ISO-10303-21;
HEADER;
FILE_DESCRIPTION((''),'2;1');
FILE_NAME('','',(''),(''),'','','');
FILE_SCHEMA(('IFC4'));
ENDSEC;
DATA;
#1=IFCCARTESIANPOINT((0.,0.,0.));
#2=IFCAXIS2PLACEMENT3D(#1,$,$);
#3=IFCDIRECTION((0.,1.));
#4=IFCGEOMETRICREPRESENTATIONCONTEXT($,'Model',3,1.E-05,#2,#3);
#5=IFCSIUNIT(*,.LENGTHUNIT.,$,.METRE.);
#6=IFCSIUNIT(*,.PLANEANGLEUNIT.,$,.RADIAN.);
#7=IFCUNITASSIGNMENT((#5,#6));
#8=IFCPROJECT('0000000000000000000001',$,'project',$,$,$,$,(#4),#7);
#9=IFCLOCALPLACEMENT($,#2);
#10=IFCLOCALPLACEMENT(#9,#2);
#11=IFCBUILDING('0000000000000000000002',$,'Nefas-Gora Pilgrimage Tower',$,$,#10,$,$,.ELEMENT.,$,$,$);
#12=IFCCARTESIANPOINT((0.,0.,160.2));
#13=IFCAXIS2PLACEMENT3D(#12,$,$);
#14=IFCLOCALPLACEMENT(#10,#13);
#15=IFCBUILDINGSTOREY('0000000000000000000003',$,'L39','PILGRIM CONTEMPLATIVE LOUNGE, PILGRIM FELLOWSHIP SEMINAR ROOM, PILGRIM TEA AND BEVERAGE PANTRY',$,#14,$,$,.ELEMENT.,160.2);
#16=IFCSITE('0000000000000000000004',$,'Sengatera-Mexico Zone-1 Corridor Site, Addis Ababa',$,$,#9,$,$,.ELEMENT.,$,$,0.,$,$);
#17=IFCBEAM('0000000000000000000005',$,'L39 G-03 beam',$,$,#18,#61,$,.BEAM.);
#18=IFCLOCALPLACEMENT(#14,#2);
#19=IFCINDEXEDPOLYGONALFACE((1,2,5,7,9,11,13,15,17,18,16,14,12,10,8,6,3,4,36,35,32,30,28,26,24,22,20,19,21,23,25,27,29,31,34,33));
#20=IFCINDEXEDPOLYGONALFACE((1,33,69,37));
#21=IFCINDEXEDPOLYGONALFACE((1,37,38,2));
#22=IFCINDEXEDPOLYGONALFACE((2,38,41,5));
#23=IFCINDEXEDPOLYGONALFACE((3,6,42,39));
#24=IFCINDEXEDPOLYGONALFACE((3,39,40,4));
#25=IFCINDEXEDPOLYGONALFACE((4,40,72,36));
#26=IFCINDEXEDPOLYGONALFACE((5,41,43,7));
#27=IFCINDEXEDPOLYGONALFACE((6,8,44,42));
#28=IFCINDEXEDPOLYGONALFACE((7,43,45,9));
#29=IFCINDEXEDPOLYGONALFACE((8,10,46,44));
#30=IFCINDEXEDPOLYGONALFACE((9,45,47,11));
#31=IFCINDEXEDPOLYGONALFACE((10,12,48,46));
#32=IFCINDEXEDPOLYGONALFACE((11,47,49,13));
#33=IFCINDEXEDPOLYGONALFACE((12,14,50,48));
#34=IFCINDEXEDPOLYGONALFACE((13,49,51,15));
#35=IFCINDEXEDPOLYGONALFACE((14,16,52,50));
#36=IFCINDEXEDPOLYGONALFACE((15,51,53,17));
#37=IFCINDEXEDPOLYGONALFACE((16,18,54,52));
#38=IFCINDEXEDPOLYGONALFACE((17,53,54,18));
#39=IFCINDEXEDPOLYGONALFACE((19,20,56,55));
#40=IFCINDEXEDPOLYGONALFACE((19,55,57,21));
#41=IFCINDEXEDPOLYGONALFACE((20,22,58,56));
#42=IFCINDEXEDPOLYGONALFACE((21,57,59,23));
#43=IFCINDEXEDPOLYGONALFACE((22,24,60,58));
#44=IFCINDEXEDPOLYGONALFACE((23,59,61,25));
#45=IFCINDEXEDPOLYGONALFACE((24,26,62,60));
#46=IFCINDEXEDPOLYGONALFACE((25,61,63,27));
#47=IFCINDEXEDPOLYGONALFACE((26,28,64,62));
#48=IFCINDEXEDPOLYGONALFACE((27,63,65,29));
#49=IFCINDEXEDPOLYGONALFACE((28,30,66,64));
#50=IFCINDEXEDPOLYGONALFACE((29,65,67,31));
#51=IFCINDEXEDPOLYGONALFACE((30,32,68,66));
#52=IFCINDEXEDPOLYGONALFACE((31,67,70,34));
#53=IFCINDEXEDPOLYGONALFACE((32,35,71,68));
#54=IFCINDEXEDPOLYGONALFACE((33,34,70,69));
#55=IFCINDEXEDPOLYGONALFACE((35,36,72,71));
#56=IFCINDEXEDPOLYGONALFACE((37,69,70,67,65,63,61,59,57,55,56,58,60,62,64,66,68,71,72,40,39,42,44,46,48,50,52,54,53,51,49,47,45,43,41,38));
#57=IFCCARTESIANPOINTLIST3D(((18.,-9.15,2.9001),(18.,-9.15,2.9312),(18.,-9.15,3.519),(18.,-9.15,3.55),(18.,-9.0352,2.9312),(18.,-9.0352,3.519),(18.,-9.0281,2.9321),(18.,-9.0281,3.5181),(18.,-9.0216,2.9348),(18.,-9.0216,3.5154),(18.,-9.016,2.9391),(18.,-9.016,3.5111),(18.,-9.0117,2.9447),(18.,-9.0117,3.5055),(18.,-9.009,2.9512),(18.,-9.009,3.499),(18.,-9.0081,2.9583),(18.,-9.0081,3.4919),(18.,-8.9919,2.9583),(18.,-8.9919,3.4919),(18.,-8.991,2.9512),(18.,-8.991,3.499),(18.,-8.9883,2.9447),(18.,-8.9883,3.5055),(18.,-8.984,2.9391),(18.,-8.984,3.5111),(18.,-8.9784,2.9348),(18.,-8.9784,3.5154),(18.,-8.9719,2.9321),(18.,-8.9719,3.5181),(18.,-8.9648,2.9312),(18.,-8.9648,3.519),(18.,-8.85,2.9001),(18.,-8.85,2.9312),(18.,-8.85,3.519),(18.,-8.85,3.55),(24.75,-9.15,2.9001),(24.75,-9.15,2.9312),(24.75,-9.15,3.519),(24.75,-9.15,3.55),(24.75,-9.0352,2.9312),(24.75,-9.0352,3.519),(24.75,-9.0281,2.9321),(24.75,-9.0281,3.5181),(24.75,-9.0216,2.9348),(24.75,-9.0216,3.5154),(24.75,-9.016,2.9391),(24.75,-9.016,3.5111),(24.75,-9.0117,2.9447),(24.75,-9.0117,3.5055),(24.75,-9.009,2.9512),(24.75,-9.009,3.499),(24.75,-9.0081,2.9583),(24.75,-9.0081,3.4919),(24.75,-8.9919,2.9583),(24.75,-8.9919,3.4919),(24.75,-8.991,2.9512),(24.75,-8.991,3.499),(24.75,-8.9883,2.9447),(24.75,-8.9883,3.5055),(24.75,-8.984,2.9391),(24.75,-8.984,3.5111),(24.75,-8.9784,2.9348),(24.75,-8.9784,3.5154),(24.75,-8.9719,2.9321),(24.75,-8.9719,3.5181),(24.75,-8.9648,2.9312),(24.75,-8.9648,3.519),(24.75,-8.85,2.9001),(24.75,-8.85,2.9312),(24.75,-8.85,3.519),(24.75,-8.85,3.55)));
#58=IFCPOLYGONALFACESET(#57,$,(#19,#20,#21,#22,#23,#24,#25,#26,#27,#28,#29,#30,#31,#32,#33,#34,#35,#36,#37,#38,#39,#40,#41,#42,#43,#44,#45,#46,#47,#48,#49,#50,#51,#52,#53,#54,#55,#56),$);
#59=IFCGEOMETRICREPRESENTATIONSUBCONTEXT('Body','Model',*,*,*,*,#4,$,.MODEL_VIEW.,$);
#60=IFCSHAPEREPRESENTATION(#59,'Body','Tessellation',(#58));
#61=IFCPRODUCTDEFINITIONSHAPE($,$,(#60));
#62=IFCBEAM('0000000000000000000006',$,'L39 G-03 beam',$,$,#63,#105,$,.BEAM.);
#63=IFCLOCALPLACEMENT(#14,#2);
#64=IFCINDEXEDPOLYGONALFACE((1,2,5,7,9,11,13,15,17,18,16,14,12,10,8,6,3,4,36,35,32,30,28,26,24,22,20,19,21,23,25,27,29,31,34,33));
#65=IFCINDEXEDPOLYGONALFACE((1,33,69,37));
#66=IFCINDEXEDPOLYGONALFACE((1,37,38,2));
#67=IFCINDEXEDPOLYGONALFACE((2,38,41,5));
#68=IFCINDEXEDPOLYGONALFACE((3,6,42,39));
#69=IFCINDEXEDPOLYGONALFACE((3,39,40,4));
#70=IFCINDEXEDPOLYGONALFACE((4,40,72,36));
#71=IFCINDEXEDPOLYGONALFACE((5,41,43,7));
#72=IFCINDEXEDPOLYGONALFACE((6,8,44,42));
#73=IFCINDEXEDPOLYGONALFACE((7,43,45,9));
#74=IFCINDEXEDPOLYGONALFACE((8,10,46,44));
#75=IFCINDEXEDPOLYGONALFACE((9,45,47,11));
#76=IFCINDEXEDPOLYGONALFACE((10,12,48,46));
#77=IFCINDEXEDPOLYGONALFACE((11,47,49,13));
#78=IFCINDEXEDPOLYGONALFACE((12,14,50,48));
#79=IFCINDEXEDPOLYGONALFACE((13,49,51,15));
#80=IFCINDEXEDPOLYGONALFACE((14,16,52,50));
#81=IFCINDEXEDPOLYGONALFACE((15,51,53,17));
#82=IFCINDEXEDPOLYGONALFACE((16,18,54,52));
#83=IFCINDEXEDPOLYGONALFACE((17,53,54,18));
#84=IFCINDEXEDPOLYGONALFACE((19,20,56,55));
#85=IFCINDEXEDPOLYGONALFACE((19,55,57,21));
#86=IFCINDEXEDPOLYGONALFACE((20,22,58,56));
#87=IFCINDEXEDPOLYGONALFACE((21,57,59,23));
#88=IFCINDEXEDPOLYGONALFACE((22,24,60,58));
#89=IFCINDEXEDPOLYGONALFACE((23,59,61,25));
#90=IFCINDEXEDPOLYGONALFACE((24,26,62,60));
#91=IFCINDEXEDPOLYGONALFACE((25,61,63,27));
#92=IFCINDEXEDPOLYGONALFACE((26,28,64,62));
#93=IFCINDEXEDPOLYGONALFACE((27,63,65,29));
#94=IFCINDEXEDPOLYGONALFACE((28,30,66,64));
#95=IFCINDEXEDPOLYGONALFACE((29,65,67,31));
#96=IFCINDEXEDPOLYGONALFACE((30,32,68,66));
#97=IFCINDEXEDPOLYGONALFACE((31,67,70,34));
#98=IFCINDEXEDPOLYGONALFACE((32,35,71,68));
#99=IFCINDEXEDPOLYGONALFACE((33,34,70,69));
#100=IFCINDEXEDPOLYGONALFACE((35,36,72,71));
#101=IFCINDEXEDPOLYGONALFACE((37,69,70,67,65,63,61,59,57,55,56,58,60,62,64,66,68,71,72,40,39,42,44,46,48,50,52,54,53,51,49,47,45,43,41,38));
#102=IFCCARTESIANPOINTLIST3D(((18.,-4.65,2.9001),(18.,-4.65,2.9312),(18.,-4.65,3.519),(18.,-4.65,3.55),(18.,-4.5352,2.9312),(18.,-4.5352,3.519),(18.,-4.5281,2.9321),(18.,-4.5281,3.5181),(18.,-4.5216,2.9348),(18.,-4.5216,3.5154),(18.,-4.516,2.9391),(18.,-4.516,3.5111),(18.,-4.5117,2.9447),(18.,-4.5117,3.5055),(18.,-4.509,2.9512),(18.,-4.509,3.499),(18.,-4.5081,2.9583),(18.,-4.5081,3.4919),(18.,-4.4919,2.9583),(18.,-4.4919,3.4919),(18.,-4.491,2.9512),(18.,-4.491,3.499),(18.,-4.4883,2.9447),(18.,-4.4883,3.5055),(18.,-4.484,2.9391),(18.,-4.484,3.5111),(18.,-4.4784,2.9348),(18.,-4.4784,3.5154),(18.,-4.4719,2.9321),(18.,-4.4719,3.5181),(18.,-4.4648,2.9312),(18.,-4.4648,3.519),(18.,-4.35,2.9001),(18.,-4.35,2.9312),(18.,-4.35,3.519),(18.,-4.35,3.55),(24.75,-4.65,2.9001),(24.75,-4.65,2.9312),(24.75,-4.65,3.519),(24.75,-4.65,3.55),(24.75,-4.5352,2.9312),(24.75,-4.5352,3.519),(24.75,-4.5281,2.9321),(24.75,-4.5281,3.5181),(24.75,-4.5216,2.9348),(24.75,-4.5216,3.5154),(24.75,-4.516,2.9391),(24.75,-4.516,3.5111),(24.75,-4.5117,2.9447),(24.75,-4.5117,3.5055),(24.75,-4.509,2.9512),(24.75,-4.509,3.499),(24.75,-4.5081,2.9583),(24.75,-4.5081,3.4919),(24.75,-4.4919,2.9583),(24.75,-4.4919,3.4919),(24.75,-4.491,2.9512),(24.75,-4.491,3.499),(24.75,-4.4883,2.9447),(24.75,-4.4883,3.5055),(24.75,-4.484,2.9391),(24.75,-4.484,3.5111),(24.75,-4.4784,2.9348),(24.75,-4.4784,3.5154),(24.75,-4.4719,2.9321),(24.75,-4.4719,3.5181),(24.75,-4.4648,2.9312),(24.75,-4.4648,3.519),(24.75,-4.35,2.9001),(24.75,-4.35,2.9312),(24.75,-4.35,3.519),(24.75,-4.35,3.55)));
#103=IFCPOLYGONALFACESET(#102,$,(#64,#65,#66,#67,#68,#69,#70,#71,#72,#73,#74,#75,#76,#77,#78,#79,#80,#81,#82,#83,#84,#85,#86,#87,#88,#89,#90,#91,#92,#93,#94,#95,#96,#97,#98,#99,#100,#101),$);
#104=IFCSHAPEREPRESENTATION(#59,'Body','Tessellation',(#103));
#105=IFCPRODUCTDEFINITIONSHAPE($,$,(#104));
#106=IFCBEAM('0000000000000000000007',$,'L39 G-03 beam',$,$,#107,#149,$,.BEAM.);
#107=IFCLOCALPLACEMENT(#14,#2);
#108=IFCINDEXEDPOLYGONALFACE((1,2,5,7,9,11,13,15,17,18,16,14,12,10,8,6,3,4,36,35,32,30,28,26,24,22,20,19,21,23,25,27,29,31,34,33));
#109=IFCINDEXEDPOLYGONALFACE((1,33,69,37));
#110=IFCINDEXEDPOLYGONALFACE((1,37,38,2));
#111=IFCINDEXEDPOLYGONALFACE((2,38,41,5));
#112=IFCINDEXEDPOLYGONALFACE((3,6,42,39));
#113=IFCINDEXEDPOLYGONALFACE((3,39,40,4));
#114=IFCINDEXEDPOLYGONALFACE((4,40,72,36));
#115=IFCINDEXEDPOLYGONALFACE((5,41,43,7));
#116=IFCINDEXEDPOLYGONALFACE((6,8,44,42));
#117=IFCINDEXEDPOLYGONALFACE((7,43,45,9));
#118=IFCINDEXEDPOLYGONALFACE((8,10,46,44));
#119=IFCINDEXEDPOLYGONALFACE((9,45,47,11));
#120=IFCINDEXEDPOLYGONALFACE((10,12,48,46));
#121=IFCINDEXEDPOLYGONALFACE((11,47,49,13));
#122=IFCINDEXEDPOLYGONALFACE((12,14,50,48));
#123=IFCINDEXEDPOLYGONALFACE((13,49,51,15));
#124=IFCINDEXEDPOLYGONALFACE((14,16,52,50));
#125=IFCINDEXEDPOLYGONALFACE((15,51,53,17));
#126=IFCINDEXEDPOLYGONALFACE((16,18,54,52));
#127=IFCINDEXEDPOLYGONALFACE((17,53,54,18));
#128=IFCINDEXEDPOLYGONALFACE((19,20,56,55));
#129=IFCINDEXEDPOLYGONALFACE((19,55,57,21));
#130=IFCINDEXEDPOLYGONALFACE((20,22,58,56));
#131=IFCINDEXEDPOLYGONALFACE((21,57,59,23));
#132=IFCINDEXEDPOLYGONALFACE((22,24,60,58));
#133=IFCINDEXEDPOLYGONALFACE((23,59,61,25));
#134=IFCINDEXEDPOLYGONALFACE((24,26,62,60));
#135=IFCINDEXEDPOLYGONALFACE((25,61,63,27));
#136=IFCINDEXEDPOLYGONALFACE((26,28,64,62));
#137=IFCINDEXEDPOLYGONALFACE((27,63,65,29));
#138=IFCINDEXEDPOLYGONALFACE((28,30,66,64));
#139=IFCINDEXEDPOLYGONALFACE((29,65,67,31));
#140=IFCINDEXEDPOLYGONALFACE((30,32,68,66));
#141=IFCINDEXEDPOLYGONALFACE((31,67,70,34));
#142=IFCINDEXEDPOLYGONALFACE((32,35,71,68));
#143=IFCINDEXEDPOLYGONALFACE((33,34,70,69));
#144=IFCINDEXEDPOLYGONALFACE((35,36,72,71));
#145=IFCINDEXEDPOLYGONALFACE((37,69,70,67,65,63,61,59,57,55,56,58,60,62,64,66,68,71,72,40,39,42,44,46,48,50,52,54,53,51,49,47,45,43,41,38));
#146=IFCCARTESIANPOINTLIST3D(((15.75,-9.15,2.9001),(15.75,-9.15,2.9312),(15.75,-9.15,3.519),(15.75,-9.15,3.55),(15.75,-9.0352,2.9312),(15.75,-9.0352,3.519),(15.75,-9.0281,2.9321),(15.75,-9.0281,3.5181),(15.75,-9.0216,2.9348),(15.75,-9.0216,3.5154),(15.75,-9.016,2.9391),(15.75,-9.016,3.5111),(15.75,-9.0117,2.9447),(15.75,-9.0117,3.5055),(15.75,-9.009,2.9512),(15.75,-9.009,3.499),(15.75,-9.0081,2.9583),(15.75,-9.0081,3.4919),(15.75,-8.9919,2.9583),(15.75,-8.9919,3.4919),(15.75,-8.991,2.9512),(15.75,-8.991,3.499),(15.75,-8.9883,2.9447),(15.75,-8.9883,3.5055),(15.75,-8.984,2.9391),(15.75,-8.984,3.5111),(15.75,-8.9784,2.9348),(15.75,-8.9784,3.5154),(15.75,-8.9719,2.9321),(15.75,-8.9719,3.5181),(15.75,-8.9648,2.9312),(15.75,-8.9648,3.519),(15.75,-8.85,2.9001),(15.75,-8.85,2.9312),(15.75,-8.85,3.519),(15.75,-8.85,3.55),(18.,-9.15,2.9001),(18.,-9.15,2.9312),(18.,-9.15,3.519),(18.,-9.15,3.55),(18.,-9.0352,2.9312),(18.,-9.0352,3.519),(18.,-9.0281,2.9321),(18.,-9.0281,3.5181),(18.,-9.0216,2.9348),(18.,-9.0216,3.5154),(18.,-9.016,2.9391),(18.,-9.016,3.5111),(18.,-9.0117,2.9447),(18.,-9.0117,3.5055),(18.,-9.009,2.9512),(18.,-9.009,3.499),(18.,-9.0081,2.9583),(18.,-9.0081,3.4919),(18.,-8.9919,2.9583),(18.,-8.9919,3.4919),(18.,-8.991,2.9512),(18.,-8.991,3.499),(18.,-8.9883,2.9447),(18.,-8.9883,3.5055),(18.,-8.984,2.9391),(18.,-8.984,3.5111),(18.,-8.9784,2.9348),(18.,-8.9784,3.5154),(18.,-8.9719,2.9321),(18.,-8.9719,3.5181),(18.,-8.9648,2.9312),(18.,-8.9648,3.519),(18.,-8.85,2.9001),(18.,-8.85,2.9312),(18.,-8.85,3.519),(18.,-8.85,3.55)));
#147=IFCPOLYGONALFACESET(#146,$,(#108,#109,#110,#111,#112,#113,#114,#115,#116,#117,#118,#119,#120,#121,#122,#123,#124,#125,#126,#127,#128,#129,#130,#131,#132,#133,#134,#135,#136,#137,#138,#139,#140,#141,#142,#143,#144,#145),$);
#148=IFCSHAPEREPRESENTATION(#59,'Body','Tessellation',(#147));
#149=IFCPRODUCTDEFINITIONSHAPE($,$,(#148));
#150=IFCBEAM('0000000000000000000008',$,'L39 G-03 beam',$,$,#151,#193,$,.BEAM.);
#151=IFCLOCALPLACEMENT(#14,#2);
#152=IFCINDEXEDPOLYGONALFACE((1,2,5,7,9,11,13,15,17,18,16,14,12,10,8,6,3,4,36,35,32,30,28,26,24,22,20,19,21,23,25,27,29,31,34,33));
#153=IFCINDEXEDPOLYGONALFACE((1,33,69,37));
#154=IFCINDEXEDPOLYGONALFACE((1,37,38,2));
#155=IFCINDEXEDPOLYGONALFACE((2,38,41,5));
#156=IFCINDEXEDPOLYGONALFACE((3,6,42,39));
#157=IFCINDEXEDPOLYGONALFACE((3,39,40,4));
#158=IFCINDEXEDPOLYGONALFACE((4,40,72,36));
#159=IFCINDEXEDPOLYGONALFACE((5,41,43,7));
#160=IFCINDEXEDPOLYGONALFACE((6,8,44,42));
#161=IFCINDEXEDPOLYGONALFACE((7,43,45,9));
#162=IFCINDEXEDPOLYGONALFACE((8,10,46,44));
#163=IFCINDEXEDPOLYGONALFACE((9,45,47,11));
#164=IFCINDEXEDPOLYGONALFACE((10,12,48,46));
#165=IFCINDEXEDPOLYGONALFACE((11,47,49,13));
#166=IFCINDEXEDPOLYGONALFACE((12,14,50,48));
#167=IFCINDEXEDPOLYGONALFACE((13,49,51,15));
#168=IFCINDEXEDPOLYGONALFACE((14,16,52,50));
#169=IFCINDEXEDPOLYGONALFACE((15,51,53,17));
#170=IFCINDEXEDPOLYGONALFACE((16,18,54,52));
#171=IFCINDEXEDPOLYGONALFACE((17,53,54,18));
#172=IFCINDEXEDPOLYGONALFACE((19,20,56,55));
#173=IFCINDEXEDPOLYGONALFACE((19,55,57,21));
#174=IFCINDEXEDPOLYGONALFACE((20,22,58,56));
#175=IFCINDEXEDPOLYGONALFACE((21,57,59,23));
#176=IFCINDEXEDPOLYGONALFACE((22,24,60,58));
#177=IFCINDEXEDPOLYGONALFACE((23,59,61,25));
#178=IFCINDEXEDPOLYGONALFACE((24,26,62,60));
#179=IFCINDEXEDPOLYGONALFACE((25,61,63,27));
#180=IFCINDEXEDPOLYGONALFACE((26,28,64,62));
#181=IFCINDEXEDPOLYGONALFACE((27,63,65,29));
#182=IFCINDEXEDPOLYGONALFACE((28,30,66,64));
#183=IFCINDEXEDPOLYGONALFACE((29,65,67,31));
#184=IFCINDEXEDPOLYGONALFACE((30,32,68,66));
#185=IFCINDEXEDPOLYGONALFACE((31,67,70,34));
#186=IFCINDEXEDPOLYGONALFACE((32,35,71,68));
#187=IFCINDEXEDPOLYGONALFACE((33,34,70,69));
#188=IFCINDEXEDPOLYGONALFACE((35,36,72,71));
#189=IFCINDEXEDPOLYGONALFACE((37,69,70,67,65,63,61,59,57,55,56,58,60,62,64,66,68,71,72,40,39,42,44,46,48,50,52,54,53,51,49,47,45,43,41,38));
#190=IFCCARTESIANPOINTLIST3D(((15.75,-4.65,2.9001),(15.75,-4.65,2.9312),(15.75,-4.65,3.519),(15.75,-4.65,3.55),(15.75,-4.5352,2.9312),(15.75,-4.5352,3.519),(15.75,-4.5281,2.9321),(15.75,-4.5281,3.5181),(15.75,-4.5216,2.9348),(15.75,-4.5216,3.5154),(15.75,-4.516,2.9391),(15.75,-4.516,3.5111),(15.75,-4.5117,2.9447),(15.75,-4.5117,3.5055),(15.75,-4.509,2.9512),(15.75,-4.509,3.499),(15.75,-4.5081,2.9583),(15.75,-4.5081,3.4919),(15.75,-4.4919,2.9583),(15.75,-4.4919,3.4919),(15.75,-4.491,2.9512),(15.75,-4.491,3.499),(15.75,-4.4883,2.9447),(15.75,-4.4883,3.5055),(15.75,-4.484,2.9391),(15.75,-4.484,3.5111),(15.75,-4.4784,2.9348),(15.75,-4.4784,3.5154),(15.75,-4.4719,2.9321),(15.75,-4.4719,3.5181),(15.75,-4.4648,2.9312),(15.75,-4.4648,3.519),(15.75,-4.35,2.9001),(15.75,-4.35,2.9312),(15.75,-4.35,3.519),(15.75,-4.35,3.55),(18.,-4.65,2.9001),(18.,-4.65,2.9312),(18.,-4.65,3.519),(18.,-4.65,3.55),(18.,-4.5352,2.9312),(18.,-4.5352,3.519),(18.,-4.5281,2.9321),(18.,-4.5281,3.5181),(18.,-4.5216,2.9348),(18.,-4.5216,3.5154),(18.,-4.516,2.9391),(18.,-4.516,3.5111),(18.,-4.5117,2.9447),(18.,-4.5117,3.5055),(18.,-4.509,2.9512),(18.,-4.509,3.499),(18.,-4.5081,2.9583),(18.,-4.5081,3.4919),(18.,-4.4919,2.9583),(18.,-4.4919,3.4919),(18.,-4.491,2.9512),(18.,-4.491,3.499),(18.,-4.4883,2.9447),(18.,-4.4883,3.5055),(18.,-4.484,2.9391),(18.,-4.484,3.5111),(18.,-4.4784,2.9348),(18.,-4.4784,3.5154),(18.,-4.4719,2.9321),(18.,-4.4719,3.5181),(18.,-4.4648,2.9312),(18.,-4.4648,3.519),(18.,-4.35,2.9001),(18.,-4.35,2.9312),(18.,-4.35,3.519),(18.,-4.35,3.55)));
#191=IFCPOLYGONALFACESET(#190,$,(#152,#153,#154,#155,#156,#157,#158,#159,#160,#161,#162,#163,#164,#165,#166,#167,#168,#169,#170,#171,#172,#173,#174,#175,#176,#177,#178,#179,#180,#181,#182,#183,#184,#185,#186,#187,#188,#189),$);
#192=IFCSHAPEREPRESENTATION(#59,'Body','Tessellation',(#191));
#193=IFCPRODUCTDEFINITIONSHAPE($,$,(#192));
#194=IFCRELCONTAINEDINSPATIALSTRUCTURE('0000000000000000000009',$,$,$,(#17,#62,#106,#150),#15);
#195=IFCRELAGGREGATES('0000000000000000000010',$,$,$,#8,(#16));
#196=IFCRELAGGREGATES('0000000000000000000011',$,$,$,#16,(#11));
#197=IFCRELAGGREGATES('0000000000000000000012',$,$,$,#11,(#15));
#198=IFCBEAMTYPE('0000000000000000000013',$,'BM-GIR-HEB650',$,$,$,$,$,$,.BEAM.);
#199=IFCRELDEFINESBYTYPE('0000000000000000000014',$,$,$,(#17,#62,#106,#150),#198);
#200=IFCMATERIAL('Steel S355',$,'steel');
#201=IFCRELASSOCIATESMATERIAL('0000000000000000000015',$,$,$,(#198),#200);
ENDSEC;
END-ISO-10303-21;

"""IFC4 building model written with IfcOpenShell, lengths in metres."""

from ifc_helpers import new_model, si_unit, direction, frame, origin, origin_2d, place, context, subcontext, project, spatial, i_section, extrude, source, transform, mapped, material, material_profile, profile_set, type_object, element, save


model = new_model("IFC4")

# Units and contexts
model_context = context("Model", 3, precision=1e-05, world=origin(), true_north=direction((0.0, 1.0)))
body_context = subcontext(model_context, "Body", "Model", "MODEL_VIEW")
ifc_project = project(units=[si_unit("LENGTHUNIT", "METRE"), si_unit("PLANEANGLEUNIT", "RADIAN")], contexts=[model_context])

# Site, building, storey
site_placement = place(None, origin())
site = spatial("IfcSite", under=ifc_project, at=site_placement, Name="Sengatera-Mexico Zone-1 Corridor Site, Addis Ababa", CompositionType="ELEMENT", RefElevation=0.0)
building_placement = place(site_placement, origin())
building = spatial("IfcBuilding", under=site, at=building_placement, Name="Nefas-Gora Pilgrimage Tower", CompositionType="ELEMENT")
storey_placement = place(building_placement, frame((0.0, 0.0, 160.2)))
storey = spatial("IfcBuildingStorey", under=building, at=storey_placement, Name="L39", Description="PILGRIM CONTEMPLATIVE LOUNGE, PILGRIM FELLOWSHIP SEMINAR ROOM, PILGRIM TEA AND BEVERAGE PANTRY", CompositionType="ELEMENT", Elevation=160.2)

# Beams
ifc_material_1 = material(Name="Steel S355", Category="steel")
ifc_material_profile_1 = material_profile(ifc_material_1, i_section(OverallWidth=0.3, OverallDepth=0.6499, WebThickness=0.0161, FlangeThickness=0.031, FilletRadius=0.0271, at=origin_2d()), Name="HEB 650")
ifc_profile_set_1 = profile_set([ifc_material_profile_1], Name="Steel S355")
beam_type_1 = type_object("IfcBeamType", Name="BM-GIR-HEB650", PredefinedType="BEAM", material=ifc_profile_set_1)
shared_shape_1 = source(origin(), body_context, "Body", "SweptSolid", [
    extrude(i_section(OverallWidth=0.3, OverallDepth=0.6499, WebThickness=0.0161, FlangeThickness=0.031, FilletRadius=0.0271, at=origin_2d()), origin(), (0.0, 0.0, 1.0), 6.75),
])
for number, where, z_axis, x_axis, name in (
    (1, (18.0, -9.0, 3.2251), (1.0, 0.0, 0.0), (0.0, 1.0, 0.0), "L39 G-03 beam"),
    (2, (18.0, -4.5, 3.2251), (1.0, 0.0, 0.0), (0.0, 1.0, 0.0), "L39 G-03 beam"),
):
    element("IfcBeam", number, at=place(storey_placement, frame(where, z_axis=z_axis, x_axis=x_axis)), inside=storey, type_object=beam_type_1, Name=name, PredefinedType="BEAM", context=body_context, shape_type="MappedRepresentation", body=[
        mapped(shared_shape_1, transform((0.0, 0.0, 0.0), x_axis=(1.0, 0.0, 0.0), y_axis=(0.0, 1.0, 0.0), z_axis=(0.0, 0.0, 1.0), scale=1.0)),
    ])
shared_shape_2 = source(origin(), body_context, "Body", "SweptSolid", [
    extrude(i_section(OverallWidth=0.3, OverallDepth=0.6499, WebThickness=0.0161, FlangeThickness=0.031, FilletRadius=0.0271, at=origin_2d()), origin(), (0.0, 0.0, 1.0), 2.25),
])
for number, where, z_axis, x_axis, name in (
    (3, (15.75, -9.0, 3.2251), (1.0, 0.0, 0.0), (0.0, 1.0, 0.0), "L39 G-03 beam"),
    (4, (15.75, -4.5, 3.2251), (1.0, 0.0, 0.0), (0.0, 1.0, 0.0), "L39 G-03 beam"),
):
    element("IfcBeam", number, at=place(storey_placement, frame(where, z_axis=z_axis, x_axis=x_axis)), inside=storey, type_object=beam_type_1, Name=name, PredefinedType="BEAM", context=body_context, shape_type="MappedRepresentation", body=[
        mapped(shared_shape_2, transform((0.0, 0.0, 0.0), x_axis=(1.0, 0.0, 0.0), y_axis=(0.0, 1.0, 0.0), z_axis=(0.0, 0.0, 1.0), scale=1.0)),
    ])

save(model, "model.ifc")
